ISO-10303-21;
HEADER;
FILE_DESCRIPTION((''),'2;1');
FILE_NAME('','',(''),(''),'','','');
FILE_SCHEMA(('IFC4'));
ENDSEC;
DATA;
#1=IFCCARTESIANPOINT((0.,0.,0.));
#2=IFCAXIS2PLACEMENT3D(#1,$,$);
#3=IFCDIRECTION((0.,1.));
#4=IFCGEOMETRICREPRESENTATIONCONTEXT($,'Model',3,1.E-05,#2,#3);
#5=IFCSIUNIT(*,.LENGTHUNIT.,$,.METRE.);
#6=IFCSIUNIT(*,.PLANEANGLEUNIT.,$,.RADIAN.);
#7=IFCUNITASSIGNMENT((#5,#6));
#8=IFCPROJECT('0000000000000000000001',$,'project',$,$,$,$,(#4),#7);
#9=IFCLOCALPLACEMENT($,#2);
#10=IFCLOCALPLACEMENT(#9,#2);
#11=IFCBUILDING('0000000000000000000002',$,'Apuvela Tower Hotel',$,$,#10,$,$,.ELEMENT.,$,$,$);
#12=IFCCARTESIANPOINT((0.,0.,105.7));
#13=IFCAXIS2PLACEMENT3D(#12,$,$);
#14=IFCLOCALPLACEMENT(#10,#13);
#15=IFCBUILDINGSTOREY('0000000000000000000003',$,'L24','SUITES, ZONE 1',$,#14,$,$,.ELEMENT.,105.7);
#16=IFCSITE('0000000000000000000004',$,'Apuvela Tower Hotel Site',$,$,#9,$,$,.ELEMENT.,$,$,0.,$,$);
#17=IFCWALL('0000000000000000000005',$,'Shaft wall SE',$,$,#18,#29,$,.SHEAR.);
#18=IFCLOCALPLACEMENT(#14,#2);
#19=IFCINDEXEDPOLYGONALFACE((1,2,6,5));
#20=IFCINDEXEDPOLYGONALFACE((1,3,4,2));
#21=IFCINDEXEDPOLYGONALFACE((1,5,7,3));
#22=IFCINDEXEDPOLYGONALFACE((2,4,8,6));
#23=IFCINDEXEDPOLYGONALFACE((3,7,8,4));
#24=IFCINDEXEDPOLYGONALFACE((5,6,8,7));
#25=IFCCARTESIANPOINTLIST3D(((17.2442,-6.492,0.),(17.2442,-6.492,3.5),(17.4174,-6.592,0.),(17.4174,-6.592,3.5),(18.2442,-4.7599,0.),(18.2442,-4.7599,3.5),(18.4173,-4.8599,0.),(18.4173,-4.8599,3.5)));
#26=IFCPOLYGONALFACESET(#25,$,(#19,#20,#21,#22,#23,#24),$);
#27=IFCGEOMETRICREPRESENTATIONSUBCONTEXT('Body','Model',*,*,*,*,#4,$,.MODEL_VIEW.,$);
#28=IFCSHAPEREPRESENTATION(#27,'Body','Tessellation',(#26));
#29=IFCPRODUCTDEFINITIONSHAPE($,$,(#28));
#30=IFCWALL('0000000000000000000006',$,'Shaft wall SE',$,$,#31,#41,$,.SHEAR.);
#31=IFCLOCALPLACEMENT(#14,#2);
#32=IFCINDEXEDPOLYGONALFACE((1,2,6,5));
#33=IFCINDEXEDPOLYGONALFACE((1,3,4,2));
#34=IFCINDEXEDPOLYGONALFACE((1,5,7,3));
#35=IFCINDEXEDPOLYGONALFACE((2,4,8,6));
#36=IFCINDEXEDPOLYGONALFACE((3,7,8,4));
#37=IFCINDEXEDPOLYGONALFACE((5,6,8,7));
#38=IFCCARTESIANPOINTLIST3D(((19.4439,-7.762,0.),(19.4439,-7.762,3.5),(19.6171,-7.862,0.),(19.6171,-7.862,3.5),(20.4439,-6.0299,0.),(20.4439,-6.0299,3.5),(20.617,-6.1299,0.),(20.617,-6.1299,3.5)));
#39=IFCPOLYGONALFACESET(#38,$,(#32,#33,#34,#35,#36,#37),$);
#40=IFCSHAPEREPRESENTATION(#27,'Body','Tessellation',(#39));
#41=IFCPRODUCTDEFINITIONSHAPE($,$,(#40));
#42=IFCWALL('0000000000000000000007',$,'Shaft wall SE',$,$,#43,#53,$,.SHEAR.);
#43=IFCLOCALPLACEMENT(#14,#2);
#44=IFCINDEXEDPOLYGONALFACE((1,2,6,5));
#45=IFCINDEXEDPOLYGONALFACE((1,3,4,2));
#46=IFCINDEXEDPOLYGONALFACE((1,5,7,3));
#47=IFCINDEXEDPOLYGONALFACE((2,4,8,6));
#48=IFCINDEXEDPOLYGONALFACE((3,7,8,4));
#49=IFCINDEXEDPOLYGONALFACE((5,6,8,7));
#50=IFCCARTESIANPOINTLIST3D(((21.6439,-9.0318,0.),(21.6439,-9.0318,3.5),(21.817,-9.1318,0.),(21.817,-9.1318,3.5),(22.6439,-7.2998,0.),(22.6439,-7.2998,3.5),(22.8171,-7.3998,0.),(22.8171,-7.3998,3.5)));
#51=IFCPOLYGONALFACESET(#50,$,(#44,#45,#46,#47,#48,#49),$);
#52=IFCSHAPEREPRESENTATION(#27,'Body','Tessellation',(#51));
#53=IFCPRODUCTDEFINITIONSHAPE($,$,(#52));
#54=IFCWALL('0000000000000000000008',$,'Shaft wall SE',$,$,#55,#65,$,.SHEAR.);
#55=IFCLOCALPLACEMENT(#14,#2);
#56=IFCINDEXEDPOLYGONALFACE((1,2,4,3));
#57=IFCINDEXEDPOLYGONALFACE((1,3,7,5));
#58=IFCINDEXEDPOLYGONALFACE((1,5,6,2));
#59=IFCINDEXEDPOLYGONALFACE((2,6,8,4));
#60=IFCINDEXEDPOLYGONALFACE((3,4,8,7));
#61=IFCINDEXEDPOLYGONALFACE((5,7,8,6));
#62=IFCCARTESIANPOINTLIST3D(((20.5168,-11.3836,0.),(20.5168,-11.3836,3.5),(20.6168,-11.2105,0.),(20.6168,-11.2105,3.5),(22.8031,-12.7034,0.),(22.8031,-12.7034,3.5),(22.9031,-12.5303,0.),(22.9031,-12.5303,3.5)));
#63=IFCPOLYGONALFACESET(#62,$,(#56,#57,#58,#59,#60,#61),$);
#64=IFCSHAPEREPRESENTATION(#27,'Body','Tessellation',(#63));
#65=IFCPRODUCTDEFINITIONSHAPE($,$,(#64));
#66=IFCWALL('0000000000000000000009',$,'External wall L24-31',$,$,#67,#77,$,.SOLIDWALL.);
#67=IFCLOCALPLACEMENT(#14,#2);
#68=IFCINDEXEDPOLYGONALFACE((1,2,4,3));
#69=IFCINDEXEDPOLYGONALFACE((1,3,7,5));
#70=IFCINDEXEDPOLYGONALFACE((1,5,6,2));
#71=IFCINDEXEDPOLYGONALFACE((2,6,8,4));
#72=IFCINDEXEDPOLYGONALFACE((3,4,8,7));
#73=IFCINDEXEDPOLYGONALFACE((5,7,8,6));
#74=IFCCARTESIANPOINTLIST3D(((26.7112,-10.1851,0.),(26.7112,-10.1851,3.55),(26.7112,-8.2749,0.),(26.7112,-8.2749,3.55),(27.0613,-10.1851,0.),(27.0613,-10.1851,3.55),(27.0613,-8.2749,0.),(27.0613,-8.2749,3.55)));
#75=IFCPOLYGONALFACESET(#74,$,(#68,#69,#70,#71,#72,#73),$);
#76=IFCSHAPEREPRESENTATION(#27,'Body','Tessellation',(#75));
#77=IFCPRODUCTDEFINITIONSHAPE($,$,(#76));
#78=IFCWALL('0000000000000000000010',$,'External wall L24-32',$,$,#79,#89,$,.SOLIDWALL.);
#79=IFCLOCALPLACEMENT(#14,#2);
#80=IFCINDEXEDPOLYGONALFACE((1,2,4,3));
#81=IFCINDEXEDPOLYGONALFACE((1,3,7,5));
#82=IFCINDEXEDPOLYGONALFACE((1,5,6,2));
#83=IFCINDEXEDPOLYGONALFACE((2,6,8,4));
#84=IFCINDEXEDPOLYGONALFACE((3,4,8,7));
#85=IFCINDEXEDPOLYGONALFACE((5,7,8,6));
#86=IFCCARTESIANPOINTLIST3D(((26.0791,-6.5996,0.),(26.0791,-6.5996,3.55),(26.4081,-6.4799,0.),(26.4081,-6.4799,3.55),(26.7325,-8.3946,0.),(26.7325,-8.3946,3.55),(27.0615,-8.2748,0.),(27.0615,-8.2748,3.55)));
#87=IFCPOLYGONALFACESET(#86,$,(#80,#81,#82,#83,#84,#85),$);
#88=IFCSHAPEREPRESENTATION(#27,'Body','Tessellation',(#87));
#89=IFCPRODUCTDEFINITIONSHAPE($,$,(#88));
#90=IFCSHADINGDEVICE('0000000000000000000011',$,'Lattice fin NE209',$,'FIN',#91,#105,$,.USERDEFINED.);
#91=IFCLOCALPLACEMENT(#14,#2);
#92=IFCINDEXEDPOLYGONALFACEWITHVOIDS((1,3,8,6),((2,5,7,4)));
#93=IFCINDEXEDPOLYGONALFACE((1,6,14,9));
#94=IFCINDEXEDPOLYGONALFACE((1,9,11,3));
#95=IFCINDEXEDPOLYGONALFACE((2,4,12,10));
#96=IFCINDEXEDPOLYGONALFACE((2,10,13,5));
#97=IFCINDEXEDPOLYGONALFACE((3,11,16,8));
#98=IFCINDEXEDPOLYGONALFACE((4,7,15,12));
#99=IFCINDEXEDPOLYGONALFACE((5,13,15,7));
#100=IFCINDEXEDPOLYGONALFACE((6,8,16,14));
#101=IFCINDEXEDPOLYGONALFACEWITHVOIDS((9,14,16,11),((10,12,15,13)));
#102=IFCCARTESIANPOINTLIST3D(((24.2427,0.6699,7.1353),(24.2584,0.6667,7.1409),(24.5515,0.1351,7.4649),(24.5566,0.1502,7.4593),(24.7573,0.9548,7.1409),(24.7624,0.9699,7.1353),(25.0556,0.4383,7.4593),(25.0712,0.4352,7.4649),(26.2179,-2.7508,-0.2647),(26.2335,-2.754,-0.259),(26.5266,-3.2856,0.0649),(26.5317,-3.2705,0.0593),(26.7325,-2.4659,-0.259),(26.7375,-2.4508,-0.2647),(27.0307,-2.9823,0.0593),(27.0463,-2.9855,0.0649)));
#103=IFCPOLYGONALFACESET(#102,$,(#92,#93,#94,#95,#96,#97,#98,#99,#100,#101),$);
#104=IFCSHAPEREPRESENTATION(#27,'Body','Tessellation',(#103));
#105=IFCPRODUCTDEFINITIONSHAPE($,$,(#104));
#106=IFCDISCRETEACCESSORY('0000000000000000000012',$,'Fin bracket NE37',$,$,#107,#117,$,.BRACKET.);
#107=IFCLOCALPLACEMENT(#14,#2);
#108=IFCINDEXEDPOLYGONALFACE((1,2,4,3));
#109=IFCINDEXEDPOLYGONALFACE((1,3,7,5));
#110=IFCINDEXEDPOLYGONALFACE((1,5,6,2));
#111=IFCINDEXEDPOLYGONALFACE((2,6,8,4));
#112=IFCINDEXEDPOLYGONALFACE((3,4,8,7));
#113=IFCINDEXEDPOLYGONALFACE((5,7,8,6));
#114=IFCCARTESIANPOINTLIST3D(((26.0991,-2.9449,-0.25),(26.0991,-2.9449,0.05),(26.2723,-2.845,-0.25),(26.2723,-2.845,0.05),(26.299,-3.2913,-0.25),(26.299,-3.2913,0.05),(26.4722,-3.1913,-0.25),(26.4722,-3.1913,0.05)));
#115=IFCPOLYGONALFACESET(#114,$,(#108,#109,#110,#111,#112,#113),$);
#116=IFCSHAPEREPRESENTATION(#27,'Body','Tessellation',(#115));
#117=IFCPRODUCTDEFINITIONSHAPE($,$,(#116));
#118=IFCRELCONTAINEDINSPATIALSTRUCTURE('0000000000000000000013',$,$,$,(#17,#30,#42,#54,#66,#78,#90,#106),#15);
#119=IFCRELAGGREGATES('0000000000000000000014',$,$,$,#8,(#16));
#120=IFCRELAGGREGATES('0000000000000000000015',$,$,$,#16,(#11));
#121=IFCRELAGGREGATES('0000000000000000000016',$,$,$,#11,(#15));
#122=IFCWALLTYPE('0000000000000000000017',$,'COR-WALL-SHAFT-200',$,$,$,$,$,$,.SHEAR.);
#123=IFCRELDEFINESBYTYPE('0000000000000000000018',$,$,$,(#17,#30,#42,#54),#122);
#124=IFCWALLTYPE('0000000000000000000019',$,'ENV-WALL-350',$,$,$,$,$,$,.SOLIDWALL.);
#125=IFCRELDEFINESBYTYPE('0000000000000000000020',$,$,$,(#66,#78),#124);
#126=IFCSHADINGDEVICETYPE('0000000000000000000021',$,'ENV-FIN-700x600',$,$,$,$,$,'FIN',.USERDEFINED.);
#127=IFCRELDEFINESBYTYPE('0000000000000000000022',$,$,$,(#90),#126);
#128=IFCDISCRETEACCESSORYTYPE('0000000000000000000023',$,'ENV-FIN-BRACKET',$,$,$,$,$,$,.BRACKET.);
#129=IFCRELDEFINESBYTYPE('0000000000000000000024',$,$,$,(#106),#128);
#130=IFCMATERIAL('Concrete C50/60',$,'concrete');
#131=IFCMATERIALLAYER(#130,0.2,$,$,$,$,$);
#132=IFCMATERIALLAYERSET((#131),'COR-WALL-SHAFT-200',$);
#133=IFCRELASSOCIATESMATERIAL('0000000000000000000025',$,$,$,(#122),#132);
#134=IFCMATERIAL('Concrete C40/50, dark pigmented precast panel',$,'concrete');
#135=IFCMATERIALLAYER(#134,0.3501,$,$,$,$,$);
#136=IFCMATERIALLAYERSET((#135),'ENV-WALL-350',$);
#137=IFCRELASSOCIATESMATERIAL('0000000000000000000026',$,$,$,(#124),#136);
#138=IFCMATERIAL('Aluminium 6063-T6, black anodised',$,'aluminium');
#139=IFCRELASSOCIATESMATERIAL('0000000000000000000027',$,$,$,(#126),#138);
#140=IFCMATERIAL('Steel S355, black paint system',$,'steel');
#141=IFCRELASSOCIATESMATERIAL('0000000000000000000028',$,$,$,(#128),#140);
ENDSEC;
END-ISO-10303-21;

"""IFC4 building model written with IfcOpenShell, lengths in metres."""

from ifc_helpers import new_model, si_unit, direction, frame, frame_2d, origin, origin_2d, place, context, subcontext, project, spatial, rectangle, hollow_rectangle, extrude, material, layer, layer_set, material_profile, profile_set, type_object, element, save


model = new_model("IFC4")

# Units and contexts
model_context = context("Model", 3, precision=1e-05, world=origin(), true_north=direction((0.0, 1.0)))
body_context = subcontext(model_context, "Body", "Model", "MODEL_VIEW")
ifc_project = project(units=[si_unit("LENGTHUNIT", "METRE"), si_unit("PLANEANGLEUNIT", "RADIAN")], contexts=[model_context])

# Site, building, storey
site_placement = place(None, origin())
site = spatial("IfcSite", under=ifc_project, at=site_placement, Name="Apuvela Tower Hotel Site", CompositionType="ELEMENT", RefElevation=0.0)
building_placement = place(site_placement, origin())
building = spatial("IfcBuilding", under=site, at=building_placement, Name="Apuvela Tower Hotel", CompositionType="ELEMENT")
storey_placement = place(building_placement, frame((0.0, 0.0, 105.7)))
storey = spatial("IfcBuildingStorey", under=building, at=storey_placement, Name="L24", Description="SUITES, ZONE 1", CompositionType="ELEMENT", Elevation=105.7)

# Walls
ifc_material_1 = material(Name="Concrete C50/60", Category="concrete")
ifc_layer_1 = layer(ifc_material_1, 0.2)
ifc_layer_set_1 = layer_set([ifc_layer_1], Name="COR-WALL-SHAFT-200")
wall_type_1 = type_object("IfcWallType", Name="COR-WALL-SHAFT-200", PredefinedType="SHEAR", material=ifc_layer_set_1)
for number, where, z_axis, x_axis, name in (
    (1, (17.3308, -6.542, 0.0), (0.0, 0.0, 1.0), (0.499973, 0.866041, 0.0), "Shaft wall SE"),
    (2, (19.5305, -7.812, 0.0), (0.0, 0.0, 1.0), (0.499973, 0.866041, 0.0), "Shaft wall SE"),
    (3, (21.7305, -9.0818, 0.0), (0.0, 0.0, 1.0), (0.500025, 0.866011, 0.0), "Shaft wall SE"),
):
    element("IfcWall", number, at=place(storey_placement, frame(where, z_axis=z_axis, x_axis=x_axis)), inside=storey, type_object=wall_type_1, Name=name, PredefinedType="SHEAR", context=body_context, shape_type="SweptSolid", body=[
        extrude(rectangle(XDim=2.0, YDim=0.2, at=frame_2d((1.0, 0.0))), origin(), (0.0, 0.0, 1.0), 3.5),
    ])
wall_1_placement = place(storey_placement, frame((20.5669, -11.2971, 0.0), z_axis=(0.0, 0.0, 1.0), x_axis=(0.866061, -0.499939, 0.0)))
element("IfcWall", 4, at=wall_1_placement, inside=storey, type_object=wall_type_1, Name="Shaft wall SE", PredefinedType="SHEAR", context=body_context, shape_type="SweptSolid", body=[
    extrude(rectangle(XDim=2.6399, YDim=0.2, at=frame_2d((1.3198, 0.0))), origin(), (0.0, 0.0, 1.0), 3.5),
])
ifc_material_2 = material(Name="Concrete C40/50, dark pigmented precast panel", Category="concrete")
ifc_layer_2 = layer(ifc_material_2, 0.3501)
ifc_layer_set_2 = layer_set([ifc_layer_2], Name="ENV-WALL-350")
wall_type_2 = type_object("IfcWallType", Name="ENV-WALL-350", PredefinedType="SOLIDWALL", material=ifc_layer_set_2)
for number, where, z_axis, x_axis, name in (
    (5, (26.8862, -10.1851, 0.0), (0.0, 0.0, 1.0), (0.0, 1.0, 0.0), "External wall L24-31"),
    (6, (26.897, -8.3347, 0.0), (0.0, 0.0, 1.0), (-0.34203, 0.939689, 0.0), "External wall L24-32"),
):
    element("IfcWall", number, at=place(storey_placement, frame(where, z_axis=z_axis, x_axis=x_axis)), inside=storey, type_object=wall_type_2, Name=name, PredefinedType="SOLIDWALL", context=body_context, shape_type="SweptSolid", body=[
        extrude(rectangle(XDim=1.9102, YDim=0.3501, at=frame_2d((0.9551, 0.0))), origin(), (0.0, 0.0, 1.0), 3.55),
    ])

# Shading device
ifc_material_3 = material(Name="Aluminium 6063-T6, black anodised", Category="aluminium")
ifc_material_profile_1 = material_profile(ifc_material_3, hollow_rectangle(XDim=0.6001, YDim=0.7, WallThickness=0.012, at=origin_2d()), Name="AL BOX 700x600x12")
ifc_profile_set_1 = profile_set([ifc_material_profile_1], Name="Aluminium 6063-T6, black anodised")
shading_device_type = type_object("IfcShadingDeviceType", Name="ENV-FIN-700x600", ElementType="FIN", PredefinedType="USERDEFINED", material=ifc_profile_set_1)
shading_device_placement = place(storey_placement, frame((26.6321, -2.8682, -0.0999), z_axis=(-0.235464, 0.407798, 0.882189), x_axis=(-0.866005, -0.500035, 0.0)))
element("IfcShadingDevice", 7, at=shading_device_placement, inside=storey, type_object=shading_device_type, Name="Lattice fin NE209", ObjectType="FIN", PredefinedType="USERDEFINED", context=body_context, shape_type="SweptSolid", body=[
    extrude(hollow_rectangle(XDim=0.6001, YDim=0.7, WallThickness=0.012, at=origin_2d()), origin(), (0.0, 0.0, 1.0), 8.3882),
])

# Discrete accessory
ifc_material_4 = material(Name="Steel S355, black paint system", Category="steel")
discrete_accessory_type = type_object("IfcDiscreteAccessoryType", Name="ENV-FIN-BRACKET", PredefinedType="BRACKET", material=ifc_material_4)
discrete_accessory_placement = place(storey_placement, frame((26.2856, -3.0681, -0.25), z_axis=(0.0, 0.0, 1.0), x_axis=(-0.5, 0.866025, 0.0)))
element("IfcDiscreteAccessory", 8, at=discrete_accessory_placement, inside=storey, type_object=discrete_accessory_type, Name="Fin bracket NE37", PredefinedType="BRACKET", context=body_context, shape_type="SweptSolid", body=[
    extrude(rectangle(XDim=0.3999, YDim=0.2, at=origin_2d()), origin(), (0.0, 0.0, 1.0), 0.3),
])

save(model, "model.ifc")
